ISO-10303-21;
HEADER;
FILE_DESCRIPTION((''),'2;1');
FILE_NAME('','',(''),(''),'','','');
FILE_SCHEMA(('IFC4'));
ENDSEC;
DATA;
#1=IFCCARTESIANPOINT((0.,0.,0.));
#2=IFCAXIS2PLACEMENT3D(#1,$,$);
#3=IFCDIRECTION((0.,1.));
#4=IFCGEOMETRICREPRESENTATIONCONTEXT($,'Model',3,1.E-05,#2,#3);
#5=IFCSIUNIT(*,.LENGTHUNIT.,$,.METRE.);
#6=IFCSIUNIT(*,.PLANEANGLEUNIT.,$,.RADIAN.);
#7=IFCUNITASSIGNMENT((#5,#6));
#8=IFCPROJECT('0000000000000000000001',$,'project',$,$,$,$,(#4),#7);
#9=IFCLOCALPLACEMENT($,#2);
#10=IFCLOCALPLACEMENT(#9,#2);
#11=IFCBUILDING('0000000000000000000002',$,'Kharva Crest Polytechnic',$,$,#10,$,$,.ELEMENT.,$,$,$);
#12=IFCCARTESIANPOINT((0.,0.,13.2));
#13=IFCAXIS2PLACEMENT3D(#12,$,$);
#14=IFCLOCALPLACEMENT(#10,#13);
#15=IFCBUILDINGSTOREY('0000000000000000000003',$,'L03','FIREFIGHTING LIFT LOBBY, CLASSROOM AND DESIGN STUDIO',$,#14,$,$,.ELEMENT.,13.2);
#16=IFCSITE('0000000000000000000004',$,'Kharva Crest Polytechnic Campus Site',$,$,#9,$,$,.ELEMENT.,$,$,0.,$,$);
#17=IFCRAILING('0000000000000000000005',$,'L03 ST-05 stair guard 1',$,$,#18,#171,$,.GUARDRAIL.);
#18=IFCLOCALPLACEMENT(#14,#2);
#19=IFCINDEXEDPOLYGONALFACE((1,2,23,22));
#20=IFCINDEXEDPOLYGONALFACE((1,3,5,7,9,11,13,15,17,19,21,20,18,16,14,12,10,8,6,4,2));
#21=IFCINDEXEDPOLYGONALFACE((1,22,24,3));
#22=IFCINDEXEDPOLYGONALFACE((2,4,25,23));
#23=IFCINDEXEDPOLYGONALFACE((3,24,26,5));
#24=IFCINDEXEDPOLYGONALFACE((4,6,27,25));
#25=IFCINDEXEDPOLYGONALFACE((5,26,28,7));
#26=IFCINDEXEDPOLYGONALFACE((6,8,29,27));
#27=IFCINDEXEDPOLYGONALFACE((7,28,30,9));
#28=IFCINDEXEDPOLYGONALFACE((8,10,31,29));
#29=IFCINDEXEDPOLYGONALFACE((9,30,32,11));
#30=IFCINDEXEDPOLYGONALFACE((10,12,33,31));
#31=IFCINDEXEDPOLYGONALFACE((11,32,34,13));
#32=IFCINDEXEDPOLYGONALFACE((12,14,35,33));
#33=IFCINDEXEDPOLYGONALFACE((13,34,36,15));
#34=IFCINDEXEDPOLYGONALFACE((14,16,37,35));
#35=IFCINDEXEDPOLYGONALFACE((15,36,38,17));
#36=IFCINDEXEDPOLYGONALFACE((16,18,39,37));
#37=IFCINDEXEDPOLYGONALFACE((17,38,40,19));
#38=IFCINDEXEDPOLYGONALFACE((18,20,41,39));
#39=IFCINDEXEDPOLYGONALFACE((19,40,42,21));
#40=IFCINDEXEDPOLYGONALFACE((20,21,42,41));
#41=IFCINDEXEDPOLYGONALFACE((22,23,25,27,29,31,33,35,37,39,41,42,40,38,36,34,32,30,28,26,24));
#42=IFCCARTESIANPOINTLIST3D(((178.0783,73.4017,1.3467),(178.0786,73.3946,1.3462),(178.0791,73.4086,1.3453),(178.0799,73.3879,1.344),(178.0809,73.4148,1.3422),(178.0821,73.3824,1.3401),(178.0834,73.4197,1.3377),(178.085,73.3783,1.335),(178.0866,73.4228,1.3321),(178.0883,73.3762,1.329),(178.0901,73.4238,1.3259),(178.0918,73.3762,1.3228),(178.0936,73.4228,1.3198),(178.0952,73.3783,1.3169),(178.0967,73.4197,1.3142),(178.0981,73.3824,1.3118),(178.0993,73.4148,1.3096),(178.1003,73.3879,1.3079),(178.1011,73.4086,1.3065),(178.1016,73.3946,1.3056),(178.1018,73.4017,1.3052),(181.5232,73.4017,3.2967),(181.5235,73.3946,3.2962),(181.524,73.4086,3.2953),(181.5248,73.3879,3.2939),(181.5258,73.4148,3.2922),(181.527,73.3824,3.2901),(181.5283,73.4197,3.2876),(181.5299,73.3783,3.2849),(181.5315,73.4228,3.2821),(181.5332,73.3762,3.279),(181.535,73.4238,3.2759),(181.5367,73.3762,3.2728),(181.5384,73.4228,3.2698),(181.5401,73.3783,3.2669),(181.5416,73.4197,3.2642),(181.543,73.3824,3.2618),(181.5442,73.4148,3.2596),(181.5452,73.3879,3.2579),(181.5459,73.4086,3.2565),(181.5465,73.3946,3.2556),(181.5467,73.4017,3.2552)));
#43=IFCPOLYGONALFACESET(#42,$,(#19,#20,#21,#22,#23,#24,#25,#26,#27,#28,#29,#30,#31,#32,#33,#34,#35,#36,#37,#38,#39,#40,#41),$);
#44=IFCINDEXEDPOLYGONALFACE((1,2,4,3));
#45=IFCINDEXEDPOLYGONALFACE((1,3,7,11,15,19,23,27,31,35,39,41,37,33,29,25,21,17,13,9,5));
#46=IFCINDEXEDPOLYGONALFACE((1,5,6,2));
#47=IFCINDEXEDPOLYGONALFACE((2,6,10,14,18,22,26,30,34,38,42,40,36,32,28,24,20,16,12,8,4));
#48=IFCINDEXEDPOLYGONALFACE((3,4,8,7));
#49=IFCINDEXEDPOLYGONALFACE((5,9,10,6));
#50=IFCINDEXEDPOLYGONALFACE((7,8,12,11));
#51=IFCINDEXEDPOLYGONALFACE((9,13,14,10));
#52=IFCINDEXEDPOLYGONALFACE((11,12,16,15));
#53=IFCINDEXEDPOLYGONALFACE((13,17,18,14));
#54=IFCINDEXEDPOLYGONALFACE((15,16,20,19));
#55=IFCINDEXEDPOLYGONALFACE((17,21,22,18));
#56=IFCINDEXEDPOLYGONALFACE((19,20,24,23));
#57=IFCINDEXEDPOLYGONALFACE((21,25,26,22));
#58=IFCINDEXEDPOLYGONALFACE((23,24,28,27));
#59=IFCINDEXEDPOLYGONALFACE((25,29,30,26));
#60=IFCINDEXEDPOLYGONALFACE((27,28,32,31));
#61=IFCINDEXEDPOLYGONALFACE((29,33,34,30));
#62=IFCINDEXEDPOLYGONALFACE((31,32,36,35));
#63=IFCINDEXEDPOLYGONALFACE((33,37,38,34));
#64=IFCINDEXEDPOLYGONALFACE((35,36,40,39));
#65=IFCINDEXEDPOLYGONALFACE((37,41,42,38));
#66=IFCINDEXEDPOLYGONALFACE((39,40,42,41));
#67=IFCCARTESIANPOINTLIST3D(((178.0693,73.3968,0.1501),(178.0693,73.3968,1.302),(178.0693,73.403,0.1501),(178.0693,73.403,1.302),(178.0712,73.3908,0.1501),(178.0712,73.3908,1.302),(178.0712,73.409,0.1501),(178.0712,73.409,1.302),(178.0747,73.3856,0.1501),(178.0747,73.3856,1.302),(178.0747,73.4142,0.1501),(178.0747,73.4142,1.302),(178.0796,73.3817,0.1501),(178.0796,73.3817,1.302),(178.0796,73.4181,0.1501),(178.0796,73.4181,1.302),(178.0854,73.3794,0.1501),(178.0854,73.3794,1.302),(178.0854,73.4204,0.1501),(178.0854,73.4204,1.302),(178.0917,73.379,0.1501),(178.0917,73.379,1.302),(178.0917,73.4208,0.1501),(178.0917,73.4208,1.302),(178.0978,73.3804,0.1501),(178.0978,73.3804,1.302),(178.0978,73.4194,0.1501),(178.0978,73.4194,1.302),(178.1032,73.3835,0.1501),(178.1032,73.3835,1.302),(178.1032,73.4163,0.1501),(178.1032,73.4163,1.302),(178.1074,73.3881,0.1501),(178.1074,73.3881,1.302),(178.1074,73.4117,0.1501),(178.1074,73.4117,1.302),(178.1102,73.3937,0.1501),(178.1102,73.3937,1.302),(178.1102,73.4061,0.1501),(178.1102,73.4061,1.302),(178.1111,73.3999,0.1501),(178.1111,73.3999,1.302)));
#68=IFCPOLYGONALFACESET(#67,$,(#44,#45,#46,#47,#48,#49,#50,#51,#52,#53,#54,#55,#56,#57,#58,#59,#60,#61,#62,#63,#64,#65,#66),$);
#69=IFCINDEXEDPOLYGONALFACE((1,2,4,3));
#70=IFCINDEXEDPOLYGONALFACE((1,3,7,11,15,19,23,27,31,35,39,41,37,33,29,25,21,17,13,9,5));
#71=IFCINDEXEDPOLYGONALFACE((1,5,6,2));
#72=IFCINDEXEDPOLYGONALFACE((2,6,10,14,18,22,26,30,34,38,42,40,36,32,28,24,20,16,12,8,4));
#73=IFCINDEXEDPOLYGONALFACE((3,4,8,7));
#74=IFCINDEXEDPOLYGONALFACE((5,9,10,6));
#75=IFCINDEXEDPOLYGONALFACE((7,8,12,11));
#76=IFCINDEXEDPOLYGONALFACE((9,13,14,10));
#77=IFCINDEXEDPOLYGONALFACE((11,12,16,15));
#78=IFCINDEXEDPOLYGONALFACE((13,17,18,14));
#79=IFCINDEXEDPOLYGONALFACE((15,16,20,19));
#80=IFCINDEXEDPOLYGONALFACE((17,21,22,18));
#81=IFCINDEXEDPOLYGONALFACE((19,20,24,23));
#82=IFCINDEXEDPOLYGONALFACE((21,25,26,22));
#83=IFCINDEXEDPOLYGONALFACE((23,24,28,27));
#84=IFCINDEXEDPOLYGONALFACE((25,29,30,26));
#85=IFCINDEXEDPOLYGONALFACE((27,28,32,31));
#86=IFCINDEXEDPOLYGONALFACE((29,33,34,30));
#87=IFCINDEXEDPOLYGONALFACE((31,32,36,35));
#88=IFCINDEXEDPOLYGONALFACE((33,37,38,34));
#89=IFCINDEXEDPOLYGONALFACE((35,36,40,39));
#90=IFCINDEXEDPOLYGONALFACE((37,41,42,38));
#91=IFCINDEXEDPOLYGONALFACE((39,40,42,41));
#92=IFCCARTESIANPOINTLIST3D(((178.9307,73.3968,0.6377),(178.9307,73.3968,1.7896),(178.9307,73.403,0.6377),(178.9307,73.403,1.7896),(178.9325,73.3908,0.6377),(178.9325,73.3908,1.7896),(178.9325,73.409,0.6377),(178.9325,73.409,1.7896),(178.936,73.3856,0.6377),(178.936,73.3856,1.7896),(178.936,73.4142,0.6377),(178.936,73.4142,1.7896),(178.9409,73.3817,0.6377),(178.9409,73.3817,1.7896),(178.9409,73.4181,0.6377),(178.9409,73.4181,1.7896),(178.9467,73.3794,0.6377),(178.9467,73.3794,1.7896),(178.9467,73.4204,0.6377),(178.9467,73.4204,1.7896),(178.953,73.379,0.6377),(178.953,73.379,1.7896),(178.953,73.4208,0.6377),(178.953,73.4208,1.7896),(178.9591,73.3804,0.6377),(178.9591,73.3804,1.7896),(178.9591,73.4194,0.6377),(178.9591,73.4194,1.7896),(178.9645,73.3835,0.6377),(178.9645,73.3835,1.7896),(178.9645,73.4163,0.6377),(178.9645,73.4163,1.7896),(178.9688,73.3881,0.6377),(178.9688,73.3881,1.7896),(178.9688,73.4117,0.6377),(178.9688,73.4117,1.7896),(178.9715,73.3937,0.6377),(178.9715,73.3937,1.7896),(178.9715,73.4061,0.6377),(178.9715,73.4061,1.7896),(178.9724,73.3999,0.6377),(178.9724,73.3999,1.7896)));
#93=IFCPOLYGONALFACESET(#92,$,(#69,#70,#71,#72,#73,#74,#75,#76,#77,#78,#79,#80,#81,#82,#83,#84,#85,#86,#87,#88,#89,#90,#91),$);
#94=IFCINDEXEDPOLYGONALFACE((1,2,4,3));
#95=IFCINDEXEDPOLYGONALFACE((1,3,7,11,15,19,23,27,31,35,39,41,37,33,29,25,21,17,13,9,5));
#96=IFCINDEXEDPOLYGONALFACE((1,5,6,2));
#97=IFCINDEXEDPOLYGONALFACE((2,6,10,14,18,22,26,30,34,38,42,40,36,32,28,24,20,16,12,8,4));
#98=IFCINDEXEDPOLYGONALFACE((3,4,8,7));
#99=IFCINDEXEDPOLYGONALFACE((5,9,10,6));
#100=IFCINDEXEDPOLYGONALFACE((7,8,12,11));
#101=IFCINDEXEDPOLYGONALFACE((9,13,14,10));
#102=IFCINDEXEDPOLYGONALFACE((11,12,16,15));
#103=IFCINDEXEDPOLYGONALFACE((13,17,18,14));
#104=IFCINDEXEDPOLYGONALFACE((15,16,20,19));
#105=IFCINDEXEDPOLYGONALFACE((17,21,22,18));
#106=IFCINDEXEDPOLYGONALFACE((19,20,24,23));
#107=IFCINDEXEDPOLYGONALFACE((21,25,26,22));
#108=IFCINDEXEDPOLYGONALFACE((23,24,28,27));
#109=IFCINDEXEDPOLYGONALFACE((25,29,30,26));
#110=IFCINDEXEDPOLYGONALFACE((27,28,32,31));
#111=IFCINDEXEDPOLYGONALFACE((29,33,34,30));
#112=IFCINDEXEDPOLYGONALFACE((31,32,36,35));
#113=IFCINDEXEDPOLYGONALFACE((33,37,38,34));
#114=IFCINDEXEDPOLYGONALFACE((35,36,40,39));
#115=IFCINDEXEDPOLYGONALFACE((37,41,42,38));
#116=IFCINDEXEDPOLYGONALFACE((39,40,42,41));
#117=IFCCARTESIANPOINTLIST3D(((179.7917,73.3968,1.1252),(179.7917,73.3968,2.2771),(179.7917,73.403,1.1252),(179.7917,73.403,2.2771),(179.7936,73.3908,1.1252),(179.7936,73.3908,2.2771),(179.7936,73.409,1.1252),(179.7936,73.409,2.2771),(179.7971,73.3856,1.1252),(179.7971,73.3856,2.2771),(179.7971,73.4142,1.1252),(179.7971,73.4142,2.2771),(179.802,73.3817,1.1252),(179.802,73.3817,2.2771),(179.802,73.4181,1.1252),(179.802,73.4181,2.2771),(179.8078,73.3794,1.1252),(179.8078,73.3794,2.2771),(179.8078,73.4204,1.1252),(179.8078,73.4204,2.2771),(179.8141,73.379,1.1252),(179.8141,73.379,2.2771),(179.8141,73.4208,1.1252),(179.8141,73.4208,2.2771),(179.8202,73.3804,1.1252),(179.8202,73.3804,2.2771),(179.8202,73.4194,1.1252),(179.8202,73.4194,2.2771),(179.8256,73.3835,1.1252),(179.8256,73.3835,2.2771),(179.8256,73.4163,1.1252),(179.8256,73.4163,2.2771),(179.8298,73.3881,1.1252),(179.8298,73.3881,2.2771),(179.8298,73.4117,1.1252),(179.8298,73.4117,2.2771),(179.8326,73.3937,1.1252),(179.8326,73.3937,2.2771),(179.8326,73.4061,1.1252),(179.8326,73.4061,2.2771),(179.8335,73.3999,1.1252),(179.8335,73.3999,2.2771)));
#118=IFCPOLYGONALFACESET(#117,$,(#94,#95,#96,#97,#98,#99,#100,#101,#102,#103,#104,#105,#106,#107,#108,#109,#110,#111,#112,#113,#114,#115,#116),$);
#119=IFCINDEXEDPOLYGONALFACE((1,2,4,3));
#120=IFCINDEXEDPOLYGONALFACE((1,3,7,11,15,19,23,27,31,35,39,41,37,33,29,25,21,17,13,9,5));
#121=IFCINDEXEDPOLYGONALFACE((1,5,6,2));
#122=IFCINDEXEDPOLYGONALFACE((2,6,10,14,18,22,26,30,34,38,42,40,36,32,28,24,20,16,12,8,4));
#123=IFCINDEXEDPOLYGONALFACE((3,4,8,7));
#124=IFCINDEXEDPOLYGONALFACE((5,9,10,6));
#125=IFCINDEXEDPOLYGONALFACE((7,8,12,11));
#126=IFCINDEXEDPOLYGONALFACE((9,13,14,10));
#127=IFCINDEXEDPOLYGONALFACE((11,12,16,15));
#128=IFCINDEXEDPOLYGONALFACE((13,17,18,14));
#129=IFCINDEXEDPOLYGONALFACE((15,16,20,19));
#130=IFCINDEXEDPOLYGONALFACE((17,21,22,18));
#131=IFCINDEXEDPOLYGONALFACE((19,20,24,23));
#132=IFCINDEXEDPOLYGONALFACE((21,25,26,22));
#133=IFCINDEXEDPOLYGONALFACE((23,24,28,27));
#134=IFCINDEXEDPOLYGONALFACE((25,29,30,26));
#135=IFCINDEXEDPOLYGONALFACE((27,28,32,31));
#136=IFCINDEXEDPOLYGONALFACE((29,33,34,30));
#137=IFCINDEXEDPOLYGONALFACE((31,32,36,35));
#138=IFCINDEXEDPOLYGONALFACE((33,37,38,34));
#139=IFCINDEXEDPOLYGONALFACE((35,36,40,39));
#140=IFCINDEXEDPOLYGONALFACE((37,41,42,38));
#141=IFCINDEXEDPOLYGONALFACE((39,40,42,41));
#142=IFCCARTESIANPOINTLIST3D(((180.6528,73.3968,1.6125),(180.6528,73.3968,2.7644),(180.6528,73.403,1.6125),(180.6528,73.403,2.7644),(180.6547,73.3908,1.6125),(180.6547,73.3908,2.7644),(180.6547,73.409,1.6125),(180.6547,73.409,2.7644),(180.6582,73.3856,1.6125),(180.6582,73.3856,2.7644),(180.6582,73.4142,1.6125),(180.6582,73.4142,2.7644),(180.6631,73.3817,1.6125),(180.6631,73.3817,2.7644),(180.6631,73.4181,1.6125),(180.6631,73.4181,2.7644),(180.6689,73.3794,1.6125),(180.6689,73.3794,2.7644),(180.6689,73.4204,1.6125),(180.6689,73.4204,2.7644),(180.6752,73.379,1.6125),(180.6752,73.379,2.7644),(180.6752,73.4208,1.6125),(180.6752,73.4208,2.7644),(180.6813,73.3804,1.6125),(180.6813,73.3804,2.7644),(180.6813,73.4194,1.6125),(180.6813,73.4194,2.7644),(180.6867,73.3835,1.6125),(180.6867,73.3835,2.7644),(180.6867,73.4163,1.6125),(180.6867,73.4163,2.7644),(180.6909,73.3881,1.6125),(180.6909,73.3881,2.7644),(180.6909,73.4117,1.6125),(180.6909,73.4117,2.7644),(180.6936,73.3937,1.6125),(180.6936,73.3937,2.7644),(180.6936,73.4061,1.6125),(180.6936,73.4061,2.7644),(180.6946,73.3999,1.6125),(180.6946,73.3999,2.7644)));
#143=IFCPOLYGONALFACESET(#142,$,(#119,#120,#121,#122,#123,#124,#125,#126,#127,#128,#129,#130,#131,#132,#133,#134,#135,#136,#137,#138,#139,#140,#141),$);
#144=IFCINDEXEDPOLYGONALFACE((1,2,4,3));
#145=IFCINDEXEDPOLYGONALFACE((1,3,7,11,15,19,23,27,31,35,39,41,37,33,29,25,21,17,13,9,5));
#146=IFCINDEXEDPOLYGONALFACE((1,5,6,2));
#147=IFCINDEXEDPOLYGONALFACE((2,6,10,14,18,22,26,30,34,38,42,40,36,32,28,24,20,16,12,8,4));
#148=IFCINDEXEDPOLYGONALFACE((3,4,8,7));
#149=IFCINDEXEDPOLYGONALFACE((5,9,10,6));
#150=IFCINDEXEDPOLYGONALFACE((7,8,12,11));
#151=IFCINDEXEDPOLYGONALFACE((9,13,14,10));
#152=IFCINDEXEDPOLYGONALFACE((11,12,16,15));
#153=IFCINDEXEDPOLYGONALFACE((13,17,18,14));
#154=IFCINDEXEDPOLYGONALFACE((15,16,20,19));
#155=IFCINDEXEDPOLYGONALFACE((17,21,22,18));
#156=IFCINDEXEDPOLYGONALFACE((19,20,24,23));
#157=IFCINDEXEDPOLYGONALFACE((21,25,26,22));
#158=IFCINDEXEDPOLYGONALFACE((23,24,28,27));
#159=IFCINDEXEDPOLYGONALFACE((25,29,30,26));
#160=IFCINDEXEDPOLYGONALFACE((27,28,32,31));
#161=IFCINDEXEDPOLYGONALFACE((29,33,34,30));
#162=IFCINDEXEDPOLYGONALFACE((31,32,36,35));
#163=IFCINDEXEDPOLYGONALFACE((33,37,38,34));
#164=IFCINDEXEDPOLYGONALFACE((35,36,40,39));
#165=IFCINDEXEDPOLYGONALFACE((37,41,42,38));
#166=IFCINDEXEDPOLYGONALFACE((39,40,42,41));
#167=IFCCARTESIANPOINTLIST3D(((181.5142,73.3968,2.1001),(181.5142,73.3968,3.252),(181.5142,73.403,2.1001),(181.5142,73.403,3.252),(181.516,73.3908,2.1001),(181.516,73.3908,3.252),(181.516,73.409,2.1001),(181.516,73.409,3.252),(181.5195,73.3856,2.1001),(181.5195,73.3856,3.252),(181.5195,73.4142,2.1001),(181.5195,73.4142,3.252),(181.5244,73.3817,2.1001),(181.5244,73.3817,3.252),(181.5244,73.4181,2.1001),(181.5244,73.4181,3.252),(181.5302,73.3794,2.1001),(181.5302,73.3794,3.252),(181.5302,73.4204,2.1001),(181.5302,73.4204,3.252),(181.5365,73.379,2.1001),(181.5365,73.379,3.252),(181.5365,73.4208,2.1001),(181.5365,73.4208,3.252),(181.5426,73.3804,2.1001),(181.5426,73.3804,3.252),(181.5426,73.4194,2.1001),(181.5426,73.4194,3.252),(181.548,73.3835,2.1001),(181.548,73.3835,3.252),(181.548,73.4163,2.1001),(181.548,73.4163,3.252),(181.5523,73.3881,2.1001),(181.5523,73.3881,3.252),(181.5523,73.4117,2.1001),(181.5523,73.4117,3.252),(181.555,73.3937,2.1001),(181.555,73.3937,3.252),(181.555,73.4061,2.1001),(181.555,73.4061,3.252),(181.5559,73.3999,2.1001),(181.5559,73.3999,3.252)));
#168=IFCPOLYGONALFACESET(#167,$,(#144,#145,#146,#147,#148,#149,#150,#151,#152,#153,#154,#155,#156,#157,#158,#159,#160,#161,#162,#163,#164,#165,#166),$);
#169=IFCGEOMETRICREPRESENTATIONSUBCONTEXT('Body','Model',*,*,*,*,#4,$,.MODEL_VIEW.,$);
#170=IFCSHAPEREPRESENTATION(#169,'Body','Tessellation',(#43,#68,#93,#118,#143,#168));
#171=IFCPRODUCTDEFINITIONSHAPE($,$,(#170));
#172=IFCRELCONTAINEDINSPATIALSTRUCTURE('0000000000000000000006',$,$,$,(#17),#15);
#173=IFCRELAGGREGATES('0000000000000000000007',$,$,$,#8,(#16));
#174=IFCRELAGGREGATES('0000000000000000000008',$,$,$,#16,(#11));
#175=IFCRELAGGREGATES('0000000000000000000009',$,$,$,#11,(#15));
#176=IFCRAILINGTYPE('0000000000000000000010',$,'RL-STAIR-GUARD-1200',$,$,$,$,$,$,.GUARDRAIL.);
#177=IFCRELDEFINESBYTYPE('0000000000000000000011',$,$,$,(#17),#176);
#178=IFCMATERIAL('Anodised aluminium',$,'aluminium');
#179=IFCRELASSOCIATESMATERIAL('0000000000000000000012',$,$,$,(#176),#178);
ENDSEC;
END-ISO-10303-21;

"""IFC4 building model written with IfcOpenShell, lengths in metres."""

from ifc_helpers import new_model, si_unit, direction, frame, origin, origin_2d, place, context, subcontext, project, spatial, circle, extrude, material, type_object, element, save


model = new_model("IFC4")

# Units and contexts
model_context = context("Model", 3, precision=1e-05, world=origin(), true_north=direction((0.0, 1.0)))
body_context = subcontext(model_context, "Body", "Model", "MODEL_VIEW")
ifc_project = project(units=[si_unit("LENGTHUNIT", "METRE"), si_unit("PLANEANGLEUNIT", "RADIAN")], contexts=[model_context])

# Site, building, storey
site_placement = place(None, origin())
site = spatial("IfcSite", under=ifc_project, at=site_placement, Name="Kharva Crest Polytechnic Campus Site", CompositionType="ELEMENT", RefElevation=0.0)
building_placement = place(site_placement, origin())
building = spatial("IfcBuilding", under=site, at=building_placement, Name="Kharva Crest Polytechnic", CompositionType="ELEMENT")
storey_placement = place(building_placement, frame((0.0, 0.0, 13.2)))
storey = spatial("IfcBuildingStorey", under=building, at=storey_placement, Name="L03", Description="FIREFIGHTING LIFT LOBBY, CLASSROOM AND DESIGN STUDIO", CompositionType="ELEMENT", Elevation=13.2)

# Shared definitions
ifc_material_1 = material(Name="Anodised aluminium", Category="aluminium")

# Railing
railing_type_1 = type_object("IfcRailingType", Name="RL-STAIR-GUARD-1200", PredefinedType="GUARDRAIL", material=ifc_material_1)
railing_1_placement = place(storey_placement, frame((178.0901, 73.3999, 0.1501)))
element("IfcRailing", 1, at=railing_1_placement, inside=storey, type_object=railing_type_1, Name="L03 ST-05 stair guard 1", PredefinedType="GUARDRAIL", context=body_context, shape_type="SweptSolid", body=[
    extrude(circle(Radius=0.0239, at=origin_2d()), frame((0.0, 0.0, 1.1758), z_axis=(0.870251, 0.0, 0.492608), x_axis=(0.0, 1.0, 0.0)), (0.0, 0.0, 1.0), 3.9585),
    extrude(circle(Radius=0.021, at=origin_2d()), origin(), (0.0, 0.0, 1.0), 1.1519),
    extrude(circle(Radius=0.021, at=origin_2d()), frame((0.8613, 0.0, 0.4875)), (0.0, 0.0, 1.0), 1.1519),
    extrude(circle(Radius=0.021, at=origin_2d()), frame((1.7224, 0.0, 0.9751)), (0.0, 0.0, 1.0), 1.1519),
    extrude(circle(Radius=0.021, at=origin_2d()), frame((2.5835, 0.0, 1.4624)), (0.0, 0.0, 1.0), 1.1519),
    extrude(circle(Radius=0.021, at=origin_2d()), frame((3.4448, 0.0, 1.95)), (0.0, 0.0, 1.0), 1.1519),
])

save(model, "model.ifc")
